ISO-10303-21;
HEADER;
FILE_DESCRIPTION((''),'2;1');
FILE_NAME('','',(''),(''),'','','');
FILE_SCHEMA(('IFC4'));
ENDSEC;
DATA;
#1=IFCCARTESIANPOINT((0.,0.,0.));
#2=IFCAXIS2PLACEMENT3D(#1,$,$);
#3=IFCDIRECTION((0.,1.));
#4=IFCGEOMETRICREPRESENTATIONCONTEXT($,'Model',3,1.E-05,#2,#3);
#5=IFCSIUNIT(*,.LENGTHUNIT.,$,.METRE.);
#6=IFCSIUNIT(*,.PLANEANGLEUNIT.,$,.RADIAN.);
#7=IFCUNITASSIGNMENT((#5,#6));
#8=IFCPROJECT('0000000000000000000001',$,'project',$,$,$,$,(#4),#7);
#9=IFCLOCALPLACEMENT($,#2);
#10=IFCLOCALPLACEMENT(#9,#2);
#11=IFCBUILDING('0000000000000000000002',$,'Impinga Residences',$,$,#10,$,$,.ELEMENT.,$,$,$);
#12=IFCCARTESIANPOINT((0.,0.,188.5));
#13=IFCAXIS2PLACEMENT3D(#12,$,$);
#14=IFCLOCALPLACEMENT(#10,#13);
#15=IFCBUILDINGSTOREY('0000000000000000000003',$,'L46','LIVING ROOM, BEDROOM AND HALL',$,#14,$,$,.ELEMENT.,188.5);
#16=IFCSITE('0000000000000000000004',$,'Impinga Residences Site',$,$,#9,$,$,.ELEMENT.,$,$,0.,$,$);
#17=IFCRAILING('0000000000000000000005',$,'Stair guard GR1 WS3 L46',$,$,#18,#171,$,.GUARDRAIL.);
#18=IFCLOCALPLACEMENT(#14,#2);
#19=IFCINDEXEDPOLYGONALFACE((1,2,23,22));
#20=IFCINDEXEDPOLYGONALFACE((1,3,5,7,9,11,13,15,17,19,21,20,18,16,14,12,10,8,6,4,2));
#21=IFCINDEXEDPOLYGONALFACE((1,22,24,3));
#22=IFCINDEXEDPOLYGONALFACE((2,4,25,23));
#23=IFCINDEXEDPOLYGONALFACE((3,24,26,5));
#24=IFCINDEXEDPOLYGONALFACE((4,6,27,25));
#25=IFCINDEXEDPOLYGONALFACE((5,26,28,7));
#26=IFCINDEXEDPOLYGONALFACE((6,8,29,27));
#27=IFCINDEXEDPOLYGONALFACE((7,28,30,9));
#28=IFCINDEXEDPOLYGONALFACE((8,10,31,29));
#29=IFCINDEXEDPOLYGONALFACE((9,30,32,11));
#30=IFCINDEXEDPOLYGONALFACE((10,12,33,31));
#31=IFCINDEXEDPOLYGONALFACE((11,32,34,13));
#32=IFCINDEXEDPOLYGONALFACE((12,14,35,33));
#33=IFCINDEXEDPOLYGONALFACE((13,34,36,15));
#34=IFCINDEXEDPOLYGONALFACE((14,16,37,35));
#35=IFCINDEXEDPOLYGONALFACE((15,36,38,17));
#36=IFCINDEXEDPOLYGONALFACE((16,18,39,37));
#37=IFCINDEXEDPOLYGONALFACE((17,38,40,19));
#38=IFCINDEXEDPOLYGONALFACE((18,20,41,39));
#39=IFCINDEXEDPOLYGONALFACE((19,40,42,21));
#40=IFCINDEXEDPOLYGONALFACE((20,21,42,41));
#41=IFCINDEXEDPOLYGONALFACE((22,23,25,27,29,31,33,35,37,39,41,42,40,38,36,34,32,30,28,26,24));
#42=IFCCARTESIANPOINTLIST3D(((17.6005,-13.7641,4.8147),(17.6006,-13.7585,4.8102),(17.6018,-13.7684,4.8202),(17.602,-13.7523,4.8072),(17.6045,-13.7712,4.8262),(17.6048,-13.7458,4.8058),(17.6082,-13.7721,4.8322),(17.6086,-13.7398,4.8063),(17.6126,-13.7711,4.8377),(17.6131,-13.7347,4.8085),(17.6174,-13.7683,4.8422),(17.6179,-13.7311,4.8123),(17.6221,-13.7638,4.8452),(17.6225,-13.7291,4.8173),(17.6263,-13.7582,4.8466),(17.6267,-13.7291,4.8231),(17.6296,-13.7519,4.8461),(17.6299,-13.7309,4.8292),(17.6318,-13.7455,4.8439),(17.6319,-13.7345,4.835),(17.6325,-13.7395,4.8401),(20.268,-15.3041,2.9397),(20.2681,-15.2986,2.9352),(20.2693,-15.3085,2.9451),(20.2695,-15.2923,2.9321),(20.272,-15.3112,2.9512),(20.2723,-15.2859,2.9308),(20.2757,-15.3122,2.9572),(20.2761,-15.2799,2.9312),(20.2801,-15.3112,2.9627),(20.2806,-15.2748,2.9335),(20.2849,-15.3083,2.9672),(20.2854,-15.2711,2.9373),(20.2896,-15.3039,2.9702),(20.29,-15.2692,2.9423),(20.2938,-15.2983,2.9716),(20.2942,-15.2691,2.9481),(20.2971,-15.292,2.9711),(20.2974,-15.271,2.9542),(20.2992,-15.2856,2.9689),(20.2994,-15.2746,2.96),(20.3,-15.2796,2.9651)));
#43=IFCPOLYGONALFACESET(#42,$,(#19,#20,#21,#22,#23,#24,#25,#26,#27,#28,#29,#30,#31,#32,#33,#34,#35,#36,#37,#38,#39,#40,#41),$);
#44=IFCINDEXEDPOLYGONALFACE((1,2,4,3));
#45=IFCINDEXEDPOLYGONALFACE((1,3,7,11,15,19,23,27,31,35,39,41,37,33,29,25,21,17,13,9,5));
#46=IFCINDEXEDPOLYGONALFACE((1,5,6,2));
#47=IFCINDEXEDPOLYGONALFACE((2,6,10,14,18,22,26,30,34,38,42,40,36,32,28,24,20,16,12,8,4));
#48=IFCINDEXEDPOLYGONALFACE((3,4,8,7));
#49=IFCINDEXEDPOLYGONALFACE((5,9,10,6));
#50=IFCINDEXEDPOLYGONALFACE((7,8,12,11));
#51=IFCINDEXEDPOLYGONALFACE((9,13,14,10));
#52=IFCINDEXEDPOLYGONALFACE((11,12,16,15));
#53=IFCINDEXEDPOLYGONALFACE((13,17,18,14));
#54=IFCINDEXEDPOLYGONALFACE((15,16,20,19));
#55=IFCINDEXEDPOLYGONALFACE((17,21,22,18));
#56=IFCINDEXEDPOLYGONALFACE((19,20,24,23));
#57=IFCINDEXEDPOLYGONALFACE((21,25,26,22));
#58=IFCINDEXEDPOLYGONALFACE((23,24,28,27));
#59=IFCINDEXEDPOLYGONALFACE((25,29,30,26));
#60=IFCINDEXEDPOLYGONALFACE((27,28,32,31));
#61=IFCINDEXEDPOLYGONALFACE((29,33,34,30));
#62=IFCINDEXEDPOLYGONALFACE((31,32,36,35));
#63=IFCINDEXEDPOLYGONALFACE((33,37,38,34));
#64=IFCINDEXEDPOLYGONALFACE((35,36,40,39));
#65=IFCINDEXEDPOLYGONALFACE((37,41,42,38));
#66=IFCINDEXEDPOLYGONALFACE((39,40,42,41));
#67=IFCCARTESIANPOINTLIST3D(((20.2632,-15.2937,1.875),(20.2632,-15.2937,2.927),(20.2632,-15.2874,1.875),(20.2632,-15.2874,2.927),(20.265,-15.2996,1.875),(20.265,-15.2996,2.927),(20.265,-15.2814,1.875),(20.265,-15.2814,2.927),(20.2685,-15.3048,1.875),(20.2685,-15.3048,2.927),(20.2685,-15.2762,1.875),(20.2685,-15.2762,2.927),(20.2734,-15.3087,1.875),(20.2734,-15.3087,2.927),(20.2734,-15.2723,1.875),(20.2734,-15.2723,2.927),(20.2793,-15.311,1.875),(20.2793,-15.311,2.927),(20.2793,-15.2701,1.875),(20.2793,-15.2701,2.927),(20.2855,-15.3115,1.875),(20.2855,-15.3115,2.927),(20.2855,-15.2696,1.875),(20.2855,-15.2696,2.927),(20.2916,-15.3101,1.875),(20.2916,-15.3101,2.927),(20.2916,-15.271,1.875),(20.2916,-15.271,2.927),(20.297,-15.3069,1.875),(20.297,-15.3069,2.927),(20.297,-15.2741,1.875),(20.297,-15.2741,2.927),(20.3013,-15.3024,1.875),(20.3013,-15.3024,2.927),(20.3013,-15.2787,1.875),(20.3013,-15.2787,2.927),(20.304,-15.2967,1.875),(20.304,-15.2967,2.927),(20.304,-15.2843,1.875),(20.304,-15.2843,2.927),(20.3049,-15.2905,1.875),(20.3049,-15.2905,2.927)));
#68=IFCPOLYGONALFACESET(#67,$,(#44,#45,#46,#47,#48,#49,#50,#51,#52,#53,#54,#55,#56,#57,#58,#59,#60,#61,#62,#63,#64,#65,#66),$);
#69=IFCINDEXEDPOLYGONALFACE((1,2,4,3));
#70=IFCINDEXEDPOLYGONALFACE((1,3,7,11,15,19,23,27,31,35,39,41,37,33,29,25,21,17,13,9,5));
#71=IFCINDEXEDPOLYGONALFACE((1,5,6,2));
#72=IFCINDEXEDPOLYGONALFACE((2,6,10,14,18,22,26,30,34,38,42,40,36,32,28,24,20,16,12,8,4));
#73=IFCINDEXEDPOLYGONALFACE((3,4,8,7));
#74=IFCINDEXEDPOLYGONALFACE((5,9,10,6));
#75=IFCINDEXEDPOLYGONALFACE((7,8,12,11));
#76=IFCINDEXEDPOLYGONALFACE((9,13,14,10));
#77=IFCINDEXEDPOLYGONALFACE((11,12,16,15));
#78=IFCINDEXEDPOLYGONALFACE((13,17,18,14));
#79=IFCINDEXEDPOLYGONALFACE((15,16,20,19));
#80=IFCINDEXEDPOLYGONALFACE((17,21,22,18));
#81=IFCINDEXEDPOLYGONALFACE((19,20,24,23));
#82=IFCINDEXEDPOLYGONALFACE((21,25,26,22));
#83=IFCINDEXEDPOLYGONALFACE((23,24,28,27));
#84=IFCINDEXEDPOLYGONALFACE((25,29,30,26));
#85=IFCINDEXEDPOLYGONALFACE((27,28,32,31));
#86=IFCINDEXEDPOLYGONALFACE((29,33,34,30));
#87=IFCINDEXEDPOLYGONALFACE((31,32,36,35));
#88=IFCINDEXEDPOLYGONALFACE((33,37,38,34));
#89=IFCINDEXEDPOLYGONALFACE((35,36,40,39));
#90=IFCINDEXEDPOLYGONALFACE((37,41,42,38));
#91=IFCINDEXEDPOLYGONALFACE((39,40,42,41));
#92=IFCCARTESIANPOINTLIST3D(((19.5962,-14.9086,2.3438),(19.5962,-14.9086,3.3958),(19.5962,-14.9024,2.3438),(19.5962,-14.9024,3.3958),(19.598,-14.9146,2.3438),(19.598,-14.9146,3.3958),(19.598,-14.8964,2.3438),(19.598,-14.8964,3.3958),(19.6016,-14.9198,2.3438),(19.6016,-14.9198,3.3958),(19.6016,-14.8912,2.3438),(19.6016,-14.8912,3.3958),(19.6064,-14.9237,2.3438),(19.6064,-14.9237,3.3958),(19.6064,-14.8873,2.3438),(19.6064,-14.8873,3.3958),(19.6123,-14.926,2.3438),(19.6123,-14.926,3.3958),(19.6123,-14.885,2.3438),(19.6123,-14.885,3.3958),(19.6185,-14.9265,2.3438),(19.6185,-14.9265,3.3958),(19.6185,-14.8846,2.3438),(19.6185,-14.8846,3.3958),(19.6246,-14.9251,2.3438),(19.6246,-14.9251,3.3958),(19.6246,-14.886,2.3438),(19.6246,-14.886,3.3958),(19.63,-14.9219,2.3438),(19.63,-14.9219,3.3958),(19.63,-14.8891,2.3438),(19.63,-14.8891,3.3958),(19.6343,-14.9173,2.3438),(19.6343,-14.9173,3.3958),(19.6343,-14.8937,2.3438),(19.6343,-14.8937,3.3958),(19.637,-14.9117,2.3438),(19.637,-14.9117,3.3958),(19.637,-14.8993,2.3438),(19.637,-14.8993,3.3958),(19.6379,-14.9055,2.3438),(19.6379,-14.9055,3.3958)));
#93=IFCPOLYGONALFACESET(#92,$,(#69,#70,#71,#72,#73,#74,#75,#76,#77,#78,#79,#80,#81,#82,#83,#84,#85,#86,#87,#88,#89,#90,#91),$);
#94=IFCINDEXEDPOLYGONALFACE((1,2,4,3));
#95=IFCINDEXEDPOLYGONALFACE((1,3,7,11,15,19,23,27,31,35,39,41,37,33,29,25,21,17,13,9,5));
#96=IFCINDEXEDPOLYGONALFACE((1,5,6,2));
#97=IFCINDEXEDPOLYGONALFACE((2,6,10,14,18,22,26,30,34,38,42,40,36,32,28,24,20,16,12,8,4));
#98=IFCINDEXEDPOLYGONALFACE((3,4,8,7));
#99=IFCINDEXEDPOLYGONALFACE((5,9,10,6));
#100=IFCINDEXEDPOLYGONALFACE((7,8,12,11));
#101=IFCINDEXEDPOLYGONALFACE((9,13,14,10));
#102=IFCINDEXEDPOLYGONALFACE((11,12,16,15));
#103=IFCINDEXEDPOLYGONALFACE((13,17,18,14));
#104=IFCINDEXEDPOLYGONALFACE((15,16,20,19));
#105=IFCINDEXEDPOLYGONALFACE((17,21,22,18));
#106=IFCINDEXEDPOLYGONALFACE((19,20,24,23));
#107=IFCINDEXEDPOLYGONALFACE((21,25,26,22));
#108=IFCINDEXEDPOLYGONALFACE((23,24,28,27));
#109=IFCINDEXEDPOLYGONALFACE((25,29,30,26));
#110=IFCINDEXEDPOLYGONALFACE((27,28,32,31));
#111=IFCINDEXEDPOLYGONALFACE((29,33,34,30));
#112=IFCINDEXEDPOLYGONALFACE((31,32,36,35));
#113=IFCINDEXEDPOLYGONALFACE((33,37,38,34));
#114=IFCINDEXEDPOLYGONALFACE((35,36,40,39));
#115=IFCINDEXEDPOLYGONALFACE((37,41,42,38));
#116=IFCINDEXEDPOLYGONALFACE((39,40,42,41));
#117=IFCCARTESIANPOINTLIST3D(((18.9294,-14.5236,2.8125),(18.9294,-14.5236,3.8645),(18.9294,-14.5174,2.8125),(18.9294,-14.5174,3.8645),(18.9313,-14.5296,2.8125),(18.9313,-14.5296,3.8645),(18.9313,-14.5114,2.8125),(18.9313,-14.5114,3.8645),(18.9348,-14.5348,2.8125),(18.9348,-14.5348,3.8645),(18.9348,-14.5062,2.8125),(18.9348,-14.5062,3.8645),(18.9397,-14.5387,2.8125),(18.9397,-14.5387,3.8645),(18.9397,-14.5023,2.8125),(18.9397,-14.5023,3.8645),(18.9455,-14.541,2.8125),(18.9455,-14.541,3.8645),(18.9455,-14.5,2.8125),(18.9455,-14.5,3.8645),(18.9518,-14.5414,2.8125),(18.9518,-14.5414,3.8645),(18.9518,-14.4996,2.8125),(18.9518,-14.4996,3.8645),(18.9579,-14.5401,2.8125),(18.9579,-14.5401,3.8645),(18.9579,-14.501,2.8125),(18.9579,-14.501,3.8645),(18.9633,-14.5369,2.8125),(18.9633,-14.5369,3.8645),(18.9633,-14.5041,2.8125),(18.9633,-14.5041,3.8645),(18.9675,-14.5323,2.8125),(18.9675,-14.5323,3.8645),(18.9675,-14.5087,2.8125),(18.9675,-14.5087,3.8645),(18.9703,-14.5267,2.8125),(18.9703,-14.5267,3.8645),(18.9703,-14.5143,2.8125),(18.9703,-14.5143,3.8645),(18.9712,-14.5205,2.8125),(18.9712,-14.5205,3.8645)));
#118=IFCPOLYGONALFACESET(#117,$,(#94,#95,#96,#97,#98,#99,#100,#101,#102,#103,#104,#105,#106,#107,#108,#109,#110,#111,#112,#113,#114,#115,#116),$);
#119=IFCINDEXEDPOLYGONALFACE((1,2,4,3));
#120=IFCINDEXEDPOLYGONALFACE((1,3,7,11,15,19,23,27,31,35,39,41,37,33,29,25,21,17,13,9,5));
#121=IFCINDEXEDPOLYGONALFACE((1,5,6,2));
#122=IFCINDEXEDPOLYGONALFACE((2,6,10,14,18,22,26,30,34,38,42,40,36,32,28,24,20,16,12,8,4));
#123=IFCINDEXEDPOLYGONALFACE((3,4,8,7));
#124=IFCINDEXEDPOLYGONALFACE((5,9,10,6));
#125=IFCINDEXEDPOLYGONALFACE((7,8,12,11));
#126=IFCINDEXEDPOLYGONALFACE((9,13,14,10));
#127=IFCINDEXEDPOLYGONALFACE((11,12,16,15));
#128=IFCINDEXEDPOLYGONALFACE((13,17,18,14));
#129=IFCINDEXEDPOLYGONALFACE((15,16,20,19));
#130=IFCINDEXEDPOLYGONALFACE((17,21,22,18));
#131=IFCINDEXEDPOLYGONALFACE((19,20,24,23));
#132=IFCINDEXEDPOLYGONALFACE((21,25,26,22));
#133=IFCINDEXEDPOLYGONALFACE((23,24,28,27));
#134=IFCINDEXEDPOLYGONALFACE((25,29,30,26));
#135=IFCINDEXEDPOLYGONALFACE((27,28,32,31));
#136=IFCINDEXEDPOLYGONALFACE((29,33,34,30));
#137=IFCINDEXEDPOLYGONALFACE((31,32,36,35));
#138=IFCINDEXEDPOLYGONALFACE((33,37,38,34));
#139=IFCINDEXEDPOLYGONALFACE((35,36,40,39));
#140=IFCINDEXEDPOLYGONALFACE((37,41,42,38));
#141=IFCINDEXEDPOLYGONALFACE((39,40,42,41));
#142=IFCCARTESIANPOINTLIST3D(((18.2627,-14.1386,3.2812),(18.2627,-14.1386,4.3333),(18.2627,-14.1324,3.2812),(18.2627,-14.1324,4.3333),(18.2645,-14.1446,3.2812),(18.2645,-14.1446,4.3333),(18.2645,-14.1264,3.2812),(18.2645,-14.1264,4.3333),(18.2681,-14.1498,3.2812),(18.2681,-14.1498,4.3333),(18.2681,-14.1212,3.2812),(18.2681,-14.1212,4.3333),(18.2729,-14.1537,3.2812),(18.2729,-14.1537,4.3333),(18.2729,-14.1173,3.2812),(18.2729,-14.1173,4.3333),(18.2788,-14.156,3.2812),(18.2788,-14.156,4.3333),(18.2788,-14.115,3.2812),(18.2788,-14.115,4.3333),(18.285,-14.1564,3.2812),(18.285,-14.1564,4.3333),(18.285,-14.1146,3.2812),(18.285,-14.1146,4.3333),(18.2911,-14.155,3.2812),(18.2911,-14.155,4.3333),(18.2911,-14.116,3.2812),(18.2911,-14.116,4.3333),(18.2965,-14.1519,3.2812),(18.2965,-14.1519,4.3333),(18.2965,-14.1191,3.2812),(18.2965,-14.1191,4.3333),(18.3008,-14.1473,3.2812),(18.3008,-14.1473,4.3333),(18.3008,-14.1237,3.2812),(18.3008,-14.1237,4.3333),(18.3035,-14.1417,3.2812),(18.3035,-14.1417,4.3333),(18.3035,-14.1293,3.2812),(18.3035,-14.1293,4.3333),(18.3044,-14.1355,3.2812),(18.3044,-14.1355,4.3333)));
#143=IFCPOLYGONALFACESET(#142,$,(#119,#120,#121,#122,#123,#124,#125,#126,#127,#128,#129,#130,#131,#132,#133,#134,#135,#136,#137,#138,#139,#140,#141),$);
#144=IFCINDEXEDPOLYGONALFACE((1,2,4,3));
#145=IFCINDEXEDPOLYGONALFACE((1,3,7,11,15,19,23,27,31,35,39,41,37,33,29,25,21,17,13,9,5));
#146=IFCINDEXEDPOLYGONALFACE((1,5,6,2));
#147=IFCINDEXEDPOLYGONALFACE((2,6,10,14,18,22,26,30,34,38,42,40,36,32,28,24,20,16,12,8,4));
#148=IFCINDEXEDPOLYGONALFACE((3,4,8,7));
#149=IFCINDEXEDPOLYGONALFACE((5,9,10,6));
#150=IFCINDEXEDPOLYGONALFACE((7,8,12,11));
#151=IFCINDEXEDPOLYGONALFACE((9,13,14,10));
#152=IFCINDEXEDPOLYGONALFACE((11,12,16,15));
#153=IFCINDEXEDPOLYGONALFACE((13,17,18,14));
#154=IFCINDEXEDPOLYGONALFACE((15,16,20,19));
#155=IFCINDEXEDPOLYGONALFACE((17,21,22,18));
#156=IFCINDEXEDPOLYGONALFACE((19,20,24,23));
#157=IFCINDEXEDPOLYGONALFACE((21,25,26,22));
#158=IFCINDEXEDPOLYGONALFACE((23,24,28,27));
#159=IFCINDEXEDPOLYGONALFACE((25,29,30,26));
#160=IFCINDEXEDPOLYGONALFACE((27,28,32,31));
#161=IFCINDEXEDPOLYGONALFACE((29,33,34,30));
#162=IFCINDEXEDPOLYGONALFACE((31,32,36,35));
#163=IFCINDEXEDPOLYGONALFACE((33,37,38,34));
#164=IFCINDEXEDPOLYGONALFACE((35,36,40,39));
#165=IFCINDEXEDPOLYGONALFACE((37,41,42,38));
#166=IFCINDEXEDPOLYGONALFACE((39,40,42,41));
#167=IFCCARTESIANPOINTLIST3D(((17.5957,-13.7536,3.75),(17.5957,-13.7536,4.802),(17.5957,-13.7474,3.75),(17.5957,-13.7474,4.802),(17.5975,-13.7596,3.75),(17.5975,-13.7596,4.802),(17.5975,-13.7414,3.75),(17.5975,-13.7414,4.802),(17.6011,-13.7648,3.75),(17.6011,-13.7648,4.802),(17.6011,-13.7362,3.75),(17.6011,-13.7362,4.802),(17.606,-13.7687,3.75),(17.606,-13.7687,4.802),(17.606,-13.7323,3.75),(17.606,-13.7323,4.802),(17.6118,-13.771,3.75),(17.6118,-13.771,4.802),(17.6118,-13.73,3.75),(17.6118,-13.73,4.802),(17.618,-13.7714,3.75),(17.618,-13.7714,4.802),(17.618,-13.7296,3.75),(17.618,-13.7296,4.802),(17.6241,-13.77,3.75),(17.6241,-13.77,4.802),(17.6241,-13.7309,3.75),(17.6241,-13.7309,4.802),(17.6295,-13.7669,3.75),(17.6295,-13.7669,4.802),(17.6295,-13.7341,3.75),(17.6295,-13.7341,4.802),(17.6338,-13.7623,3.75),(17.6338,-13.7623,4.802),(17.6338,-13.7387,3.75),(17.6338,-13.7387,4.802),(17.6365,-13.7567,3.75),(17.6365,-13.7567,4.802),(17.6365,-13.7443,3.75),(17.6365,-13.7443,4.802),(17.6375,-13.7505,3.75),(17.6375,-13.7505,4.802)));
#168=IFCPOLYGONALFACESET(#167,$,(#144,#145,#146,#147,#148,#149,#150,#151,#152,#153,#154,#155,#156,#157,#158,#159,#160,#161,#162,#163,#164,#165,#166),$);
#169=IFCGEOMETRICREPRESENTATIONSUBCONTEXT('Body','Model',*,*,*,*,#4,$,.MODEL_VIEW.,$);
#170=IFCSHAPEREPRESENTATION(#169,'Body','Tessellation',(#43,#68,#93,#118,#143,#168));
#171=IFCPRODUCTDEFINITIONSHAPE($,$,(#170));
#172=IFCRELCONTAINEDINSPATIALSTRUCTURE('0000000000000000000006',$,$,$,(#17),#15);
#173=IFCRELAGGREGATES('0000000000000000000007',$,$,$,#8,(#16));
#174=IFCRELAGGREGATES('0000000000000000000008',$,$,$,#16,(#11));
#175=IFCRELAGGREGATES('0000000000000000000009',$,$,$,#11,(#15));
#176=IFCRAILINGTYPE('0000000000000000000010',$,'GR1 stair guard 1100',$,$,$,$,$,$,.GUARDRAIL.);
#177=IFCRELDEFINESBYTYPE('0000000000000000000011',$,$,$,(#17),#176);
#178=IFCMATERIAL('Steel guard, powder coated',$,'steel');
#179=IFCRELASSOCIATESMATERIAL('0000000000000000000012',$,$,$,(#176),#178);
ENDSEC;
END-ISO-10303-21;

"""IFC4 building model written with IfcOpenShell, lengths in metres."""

from ifc_helpers import new_model, si_unit, direction, frame, origin, origin_2d, place, context, subcontext, project, spatial, circle, extrude, material, type_object, element, save


model = new_model("IFC4")

# Units and contexts
model_context = context("Model", 3, precision=1e-05, world=origin(), true_north=direction((0.0, 1.0)))
body_context = subcontext(model_context, "Body", "Model", "MODEL_VIEW")
ifc_project = project(units=[si_unit("LENGTHUNIT", "METRE"), si_unit("PLANEANGLEUNIT", "RADIAN")], contexts=[model_context])

# Site, building, storey
site_placement = place(None, origin())
site = spatial("IfcSite", under=ifc_project, at=site_placement, Name="Impinga Residences Site", CompositionType="ELEMENT", RefElevation=0.0)
building_placement = place(site_placement, origin())
building = spatial("IfcBuilding", under=site, at=building_placement, Name="Impinga Residences", CompositionType="ELEMENT")
storey_placement = place(building_placement, frame((0.0, 0.0, 188.5)))
storey = spatial("IfcBuildingStorey", under=building, at=storey_placement, Name="L46", Description="LIVING ROOM, BEDROOM AND HALL", CompositionType="ELEMENT", Elevation=188.5)

# Railing
ifc_material_1 = material(Name="Steel guard, powder coated", Category="steel")
railing_type = type_object("IfcRailingType", Name="GR1 stair guard 1100", PredefinedType="GUARDRAIL", material=ifc_material_1)
railing_placement = place(storey_placement, frame((20.2839, -15.2905, 1.875)))
element("IfcRailing", 1, at=railing_placement, inside=storey, type_object=railing_type, Name="Stair guard GR1 WS3 L46", PredefinedType="GUARDRAIL", context=body_context, shape_type="SweptSolid", body=[
    extrude(circle(Radius=0.0239, at=origin_2d()), frame((0.0, 0.0, 1.0762), z_axis=(-0.739746, 0.427084, 0.519975), x_axis=(-0.499992, -0.86603, 0.0)), (0.0, 0.0, 1.0), 3.606),
    extrude(circle(Radius=0.021, at=origin_2d()), origin(), (0.0, 0.0, 1.0), 1.052),
    extrude(circle(Radius=0.021, at=origin_2d()), frame((-0.667, 0.385, 0.4688)), (0.0, 0.0, 1.0), 1.052),
    extrude(circle(Radius=0.021, at=origin_2d()), frame((-1.3337, 0.77, 0.9375)), (0.0, 0.0, 1.0), 1.052),
    extrude(circle(Radius=0.021, at=origin_2d()), frame((-2.0005, 1.155, 1.4062)), (0.0, 0.0, 1.0), 1.052),
    extrude(circle(Radius=0.021, at=origin_2d()), frame((-2.6675, 1.54, 1.875)), (0.0, 0.0, 1.0), 1.052),
])

save(model, "model.ifc")
